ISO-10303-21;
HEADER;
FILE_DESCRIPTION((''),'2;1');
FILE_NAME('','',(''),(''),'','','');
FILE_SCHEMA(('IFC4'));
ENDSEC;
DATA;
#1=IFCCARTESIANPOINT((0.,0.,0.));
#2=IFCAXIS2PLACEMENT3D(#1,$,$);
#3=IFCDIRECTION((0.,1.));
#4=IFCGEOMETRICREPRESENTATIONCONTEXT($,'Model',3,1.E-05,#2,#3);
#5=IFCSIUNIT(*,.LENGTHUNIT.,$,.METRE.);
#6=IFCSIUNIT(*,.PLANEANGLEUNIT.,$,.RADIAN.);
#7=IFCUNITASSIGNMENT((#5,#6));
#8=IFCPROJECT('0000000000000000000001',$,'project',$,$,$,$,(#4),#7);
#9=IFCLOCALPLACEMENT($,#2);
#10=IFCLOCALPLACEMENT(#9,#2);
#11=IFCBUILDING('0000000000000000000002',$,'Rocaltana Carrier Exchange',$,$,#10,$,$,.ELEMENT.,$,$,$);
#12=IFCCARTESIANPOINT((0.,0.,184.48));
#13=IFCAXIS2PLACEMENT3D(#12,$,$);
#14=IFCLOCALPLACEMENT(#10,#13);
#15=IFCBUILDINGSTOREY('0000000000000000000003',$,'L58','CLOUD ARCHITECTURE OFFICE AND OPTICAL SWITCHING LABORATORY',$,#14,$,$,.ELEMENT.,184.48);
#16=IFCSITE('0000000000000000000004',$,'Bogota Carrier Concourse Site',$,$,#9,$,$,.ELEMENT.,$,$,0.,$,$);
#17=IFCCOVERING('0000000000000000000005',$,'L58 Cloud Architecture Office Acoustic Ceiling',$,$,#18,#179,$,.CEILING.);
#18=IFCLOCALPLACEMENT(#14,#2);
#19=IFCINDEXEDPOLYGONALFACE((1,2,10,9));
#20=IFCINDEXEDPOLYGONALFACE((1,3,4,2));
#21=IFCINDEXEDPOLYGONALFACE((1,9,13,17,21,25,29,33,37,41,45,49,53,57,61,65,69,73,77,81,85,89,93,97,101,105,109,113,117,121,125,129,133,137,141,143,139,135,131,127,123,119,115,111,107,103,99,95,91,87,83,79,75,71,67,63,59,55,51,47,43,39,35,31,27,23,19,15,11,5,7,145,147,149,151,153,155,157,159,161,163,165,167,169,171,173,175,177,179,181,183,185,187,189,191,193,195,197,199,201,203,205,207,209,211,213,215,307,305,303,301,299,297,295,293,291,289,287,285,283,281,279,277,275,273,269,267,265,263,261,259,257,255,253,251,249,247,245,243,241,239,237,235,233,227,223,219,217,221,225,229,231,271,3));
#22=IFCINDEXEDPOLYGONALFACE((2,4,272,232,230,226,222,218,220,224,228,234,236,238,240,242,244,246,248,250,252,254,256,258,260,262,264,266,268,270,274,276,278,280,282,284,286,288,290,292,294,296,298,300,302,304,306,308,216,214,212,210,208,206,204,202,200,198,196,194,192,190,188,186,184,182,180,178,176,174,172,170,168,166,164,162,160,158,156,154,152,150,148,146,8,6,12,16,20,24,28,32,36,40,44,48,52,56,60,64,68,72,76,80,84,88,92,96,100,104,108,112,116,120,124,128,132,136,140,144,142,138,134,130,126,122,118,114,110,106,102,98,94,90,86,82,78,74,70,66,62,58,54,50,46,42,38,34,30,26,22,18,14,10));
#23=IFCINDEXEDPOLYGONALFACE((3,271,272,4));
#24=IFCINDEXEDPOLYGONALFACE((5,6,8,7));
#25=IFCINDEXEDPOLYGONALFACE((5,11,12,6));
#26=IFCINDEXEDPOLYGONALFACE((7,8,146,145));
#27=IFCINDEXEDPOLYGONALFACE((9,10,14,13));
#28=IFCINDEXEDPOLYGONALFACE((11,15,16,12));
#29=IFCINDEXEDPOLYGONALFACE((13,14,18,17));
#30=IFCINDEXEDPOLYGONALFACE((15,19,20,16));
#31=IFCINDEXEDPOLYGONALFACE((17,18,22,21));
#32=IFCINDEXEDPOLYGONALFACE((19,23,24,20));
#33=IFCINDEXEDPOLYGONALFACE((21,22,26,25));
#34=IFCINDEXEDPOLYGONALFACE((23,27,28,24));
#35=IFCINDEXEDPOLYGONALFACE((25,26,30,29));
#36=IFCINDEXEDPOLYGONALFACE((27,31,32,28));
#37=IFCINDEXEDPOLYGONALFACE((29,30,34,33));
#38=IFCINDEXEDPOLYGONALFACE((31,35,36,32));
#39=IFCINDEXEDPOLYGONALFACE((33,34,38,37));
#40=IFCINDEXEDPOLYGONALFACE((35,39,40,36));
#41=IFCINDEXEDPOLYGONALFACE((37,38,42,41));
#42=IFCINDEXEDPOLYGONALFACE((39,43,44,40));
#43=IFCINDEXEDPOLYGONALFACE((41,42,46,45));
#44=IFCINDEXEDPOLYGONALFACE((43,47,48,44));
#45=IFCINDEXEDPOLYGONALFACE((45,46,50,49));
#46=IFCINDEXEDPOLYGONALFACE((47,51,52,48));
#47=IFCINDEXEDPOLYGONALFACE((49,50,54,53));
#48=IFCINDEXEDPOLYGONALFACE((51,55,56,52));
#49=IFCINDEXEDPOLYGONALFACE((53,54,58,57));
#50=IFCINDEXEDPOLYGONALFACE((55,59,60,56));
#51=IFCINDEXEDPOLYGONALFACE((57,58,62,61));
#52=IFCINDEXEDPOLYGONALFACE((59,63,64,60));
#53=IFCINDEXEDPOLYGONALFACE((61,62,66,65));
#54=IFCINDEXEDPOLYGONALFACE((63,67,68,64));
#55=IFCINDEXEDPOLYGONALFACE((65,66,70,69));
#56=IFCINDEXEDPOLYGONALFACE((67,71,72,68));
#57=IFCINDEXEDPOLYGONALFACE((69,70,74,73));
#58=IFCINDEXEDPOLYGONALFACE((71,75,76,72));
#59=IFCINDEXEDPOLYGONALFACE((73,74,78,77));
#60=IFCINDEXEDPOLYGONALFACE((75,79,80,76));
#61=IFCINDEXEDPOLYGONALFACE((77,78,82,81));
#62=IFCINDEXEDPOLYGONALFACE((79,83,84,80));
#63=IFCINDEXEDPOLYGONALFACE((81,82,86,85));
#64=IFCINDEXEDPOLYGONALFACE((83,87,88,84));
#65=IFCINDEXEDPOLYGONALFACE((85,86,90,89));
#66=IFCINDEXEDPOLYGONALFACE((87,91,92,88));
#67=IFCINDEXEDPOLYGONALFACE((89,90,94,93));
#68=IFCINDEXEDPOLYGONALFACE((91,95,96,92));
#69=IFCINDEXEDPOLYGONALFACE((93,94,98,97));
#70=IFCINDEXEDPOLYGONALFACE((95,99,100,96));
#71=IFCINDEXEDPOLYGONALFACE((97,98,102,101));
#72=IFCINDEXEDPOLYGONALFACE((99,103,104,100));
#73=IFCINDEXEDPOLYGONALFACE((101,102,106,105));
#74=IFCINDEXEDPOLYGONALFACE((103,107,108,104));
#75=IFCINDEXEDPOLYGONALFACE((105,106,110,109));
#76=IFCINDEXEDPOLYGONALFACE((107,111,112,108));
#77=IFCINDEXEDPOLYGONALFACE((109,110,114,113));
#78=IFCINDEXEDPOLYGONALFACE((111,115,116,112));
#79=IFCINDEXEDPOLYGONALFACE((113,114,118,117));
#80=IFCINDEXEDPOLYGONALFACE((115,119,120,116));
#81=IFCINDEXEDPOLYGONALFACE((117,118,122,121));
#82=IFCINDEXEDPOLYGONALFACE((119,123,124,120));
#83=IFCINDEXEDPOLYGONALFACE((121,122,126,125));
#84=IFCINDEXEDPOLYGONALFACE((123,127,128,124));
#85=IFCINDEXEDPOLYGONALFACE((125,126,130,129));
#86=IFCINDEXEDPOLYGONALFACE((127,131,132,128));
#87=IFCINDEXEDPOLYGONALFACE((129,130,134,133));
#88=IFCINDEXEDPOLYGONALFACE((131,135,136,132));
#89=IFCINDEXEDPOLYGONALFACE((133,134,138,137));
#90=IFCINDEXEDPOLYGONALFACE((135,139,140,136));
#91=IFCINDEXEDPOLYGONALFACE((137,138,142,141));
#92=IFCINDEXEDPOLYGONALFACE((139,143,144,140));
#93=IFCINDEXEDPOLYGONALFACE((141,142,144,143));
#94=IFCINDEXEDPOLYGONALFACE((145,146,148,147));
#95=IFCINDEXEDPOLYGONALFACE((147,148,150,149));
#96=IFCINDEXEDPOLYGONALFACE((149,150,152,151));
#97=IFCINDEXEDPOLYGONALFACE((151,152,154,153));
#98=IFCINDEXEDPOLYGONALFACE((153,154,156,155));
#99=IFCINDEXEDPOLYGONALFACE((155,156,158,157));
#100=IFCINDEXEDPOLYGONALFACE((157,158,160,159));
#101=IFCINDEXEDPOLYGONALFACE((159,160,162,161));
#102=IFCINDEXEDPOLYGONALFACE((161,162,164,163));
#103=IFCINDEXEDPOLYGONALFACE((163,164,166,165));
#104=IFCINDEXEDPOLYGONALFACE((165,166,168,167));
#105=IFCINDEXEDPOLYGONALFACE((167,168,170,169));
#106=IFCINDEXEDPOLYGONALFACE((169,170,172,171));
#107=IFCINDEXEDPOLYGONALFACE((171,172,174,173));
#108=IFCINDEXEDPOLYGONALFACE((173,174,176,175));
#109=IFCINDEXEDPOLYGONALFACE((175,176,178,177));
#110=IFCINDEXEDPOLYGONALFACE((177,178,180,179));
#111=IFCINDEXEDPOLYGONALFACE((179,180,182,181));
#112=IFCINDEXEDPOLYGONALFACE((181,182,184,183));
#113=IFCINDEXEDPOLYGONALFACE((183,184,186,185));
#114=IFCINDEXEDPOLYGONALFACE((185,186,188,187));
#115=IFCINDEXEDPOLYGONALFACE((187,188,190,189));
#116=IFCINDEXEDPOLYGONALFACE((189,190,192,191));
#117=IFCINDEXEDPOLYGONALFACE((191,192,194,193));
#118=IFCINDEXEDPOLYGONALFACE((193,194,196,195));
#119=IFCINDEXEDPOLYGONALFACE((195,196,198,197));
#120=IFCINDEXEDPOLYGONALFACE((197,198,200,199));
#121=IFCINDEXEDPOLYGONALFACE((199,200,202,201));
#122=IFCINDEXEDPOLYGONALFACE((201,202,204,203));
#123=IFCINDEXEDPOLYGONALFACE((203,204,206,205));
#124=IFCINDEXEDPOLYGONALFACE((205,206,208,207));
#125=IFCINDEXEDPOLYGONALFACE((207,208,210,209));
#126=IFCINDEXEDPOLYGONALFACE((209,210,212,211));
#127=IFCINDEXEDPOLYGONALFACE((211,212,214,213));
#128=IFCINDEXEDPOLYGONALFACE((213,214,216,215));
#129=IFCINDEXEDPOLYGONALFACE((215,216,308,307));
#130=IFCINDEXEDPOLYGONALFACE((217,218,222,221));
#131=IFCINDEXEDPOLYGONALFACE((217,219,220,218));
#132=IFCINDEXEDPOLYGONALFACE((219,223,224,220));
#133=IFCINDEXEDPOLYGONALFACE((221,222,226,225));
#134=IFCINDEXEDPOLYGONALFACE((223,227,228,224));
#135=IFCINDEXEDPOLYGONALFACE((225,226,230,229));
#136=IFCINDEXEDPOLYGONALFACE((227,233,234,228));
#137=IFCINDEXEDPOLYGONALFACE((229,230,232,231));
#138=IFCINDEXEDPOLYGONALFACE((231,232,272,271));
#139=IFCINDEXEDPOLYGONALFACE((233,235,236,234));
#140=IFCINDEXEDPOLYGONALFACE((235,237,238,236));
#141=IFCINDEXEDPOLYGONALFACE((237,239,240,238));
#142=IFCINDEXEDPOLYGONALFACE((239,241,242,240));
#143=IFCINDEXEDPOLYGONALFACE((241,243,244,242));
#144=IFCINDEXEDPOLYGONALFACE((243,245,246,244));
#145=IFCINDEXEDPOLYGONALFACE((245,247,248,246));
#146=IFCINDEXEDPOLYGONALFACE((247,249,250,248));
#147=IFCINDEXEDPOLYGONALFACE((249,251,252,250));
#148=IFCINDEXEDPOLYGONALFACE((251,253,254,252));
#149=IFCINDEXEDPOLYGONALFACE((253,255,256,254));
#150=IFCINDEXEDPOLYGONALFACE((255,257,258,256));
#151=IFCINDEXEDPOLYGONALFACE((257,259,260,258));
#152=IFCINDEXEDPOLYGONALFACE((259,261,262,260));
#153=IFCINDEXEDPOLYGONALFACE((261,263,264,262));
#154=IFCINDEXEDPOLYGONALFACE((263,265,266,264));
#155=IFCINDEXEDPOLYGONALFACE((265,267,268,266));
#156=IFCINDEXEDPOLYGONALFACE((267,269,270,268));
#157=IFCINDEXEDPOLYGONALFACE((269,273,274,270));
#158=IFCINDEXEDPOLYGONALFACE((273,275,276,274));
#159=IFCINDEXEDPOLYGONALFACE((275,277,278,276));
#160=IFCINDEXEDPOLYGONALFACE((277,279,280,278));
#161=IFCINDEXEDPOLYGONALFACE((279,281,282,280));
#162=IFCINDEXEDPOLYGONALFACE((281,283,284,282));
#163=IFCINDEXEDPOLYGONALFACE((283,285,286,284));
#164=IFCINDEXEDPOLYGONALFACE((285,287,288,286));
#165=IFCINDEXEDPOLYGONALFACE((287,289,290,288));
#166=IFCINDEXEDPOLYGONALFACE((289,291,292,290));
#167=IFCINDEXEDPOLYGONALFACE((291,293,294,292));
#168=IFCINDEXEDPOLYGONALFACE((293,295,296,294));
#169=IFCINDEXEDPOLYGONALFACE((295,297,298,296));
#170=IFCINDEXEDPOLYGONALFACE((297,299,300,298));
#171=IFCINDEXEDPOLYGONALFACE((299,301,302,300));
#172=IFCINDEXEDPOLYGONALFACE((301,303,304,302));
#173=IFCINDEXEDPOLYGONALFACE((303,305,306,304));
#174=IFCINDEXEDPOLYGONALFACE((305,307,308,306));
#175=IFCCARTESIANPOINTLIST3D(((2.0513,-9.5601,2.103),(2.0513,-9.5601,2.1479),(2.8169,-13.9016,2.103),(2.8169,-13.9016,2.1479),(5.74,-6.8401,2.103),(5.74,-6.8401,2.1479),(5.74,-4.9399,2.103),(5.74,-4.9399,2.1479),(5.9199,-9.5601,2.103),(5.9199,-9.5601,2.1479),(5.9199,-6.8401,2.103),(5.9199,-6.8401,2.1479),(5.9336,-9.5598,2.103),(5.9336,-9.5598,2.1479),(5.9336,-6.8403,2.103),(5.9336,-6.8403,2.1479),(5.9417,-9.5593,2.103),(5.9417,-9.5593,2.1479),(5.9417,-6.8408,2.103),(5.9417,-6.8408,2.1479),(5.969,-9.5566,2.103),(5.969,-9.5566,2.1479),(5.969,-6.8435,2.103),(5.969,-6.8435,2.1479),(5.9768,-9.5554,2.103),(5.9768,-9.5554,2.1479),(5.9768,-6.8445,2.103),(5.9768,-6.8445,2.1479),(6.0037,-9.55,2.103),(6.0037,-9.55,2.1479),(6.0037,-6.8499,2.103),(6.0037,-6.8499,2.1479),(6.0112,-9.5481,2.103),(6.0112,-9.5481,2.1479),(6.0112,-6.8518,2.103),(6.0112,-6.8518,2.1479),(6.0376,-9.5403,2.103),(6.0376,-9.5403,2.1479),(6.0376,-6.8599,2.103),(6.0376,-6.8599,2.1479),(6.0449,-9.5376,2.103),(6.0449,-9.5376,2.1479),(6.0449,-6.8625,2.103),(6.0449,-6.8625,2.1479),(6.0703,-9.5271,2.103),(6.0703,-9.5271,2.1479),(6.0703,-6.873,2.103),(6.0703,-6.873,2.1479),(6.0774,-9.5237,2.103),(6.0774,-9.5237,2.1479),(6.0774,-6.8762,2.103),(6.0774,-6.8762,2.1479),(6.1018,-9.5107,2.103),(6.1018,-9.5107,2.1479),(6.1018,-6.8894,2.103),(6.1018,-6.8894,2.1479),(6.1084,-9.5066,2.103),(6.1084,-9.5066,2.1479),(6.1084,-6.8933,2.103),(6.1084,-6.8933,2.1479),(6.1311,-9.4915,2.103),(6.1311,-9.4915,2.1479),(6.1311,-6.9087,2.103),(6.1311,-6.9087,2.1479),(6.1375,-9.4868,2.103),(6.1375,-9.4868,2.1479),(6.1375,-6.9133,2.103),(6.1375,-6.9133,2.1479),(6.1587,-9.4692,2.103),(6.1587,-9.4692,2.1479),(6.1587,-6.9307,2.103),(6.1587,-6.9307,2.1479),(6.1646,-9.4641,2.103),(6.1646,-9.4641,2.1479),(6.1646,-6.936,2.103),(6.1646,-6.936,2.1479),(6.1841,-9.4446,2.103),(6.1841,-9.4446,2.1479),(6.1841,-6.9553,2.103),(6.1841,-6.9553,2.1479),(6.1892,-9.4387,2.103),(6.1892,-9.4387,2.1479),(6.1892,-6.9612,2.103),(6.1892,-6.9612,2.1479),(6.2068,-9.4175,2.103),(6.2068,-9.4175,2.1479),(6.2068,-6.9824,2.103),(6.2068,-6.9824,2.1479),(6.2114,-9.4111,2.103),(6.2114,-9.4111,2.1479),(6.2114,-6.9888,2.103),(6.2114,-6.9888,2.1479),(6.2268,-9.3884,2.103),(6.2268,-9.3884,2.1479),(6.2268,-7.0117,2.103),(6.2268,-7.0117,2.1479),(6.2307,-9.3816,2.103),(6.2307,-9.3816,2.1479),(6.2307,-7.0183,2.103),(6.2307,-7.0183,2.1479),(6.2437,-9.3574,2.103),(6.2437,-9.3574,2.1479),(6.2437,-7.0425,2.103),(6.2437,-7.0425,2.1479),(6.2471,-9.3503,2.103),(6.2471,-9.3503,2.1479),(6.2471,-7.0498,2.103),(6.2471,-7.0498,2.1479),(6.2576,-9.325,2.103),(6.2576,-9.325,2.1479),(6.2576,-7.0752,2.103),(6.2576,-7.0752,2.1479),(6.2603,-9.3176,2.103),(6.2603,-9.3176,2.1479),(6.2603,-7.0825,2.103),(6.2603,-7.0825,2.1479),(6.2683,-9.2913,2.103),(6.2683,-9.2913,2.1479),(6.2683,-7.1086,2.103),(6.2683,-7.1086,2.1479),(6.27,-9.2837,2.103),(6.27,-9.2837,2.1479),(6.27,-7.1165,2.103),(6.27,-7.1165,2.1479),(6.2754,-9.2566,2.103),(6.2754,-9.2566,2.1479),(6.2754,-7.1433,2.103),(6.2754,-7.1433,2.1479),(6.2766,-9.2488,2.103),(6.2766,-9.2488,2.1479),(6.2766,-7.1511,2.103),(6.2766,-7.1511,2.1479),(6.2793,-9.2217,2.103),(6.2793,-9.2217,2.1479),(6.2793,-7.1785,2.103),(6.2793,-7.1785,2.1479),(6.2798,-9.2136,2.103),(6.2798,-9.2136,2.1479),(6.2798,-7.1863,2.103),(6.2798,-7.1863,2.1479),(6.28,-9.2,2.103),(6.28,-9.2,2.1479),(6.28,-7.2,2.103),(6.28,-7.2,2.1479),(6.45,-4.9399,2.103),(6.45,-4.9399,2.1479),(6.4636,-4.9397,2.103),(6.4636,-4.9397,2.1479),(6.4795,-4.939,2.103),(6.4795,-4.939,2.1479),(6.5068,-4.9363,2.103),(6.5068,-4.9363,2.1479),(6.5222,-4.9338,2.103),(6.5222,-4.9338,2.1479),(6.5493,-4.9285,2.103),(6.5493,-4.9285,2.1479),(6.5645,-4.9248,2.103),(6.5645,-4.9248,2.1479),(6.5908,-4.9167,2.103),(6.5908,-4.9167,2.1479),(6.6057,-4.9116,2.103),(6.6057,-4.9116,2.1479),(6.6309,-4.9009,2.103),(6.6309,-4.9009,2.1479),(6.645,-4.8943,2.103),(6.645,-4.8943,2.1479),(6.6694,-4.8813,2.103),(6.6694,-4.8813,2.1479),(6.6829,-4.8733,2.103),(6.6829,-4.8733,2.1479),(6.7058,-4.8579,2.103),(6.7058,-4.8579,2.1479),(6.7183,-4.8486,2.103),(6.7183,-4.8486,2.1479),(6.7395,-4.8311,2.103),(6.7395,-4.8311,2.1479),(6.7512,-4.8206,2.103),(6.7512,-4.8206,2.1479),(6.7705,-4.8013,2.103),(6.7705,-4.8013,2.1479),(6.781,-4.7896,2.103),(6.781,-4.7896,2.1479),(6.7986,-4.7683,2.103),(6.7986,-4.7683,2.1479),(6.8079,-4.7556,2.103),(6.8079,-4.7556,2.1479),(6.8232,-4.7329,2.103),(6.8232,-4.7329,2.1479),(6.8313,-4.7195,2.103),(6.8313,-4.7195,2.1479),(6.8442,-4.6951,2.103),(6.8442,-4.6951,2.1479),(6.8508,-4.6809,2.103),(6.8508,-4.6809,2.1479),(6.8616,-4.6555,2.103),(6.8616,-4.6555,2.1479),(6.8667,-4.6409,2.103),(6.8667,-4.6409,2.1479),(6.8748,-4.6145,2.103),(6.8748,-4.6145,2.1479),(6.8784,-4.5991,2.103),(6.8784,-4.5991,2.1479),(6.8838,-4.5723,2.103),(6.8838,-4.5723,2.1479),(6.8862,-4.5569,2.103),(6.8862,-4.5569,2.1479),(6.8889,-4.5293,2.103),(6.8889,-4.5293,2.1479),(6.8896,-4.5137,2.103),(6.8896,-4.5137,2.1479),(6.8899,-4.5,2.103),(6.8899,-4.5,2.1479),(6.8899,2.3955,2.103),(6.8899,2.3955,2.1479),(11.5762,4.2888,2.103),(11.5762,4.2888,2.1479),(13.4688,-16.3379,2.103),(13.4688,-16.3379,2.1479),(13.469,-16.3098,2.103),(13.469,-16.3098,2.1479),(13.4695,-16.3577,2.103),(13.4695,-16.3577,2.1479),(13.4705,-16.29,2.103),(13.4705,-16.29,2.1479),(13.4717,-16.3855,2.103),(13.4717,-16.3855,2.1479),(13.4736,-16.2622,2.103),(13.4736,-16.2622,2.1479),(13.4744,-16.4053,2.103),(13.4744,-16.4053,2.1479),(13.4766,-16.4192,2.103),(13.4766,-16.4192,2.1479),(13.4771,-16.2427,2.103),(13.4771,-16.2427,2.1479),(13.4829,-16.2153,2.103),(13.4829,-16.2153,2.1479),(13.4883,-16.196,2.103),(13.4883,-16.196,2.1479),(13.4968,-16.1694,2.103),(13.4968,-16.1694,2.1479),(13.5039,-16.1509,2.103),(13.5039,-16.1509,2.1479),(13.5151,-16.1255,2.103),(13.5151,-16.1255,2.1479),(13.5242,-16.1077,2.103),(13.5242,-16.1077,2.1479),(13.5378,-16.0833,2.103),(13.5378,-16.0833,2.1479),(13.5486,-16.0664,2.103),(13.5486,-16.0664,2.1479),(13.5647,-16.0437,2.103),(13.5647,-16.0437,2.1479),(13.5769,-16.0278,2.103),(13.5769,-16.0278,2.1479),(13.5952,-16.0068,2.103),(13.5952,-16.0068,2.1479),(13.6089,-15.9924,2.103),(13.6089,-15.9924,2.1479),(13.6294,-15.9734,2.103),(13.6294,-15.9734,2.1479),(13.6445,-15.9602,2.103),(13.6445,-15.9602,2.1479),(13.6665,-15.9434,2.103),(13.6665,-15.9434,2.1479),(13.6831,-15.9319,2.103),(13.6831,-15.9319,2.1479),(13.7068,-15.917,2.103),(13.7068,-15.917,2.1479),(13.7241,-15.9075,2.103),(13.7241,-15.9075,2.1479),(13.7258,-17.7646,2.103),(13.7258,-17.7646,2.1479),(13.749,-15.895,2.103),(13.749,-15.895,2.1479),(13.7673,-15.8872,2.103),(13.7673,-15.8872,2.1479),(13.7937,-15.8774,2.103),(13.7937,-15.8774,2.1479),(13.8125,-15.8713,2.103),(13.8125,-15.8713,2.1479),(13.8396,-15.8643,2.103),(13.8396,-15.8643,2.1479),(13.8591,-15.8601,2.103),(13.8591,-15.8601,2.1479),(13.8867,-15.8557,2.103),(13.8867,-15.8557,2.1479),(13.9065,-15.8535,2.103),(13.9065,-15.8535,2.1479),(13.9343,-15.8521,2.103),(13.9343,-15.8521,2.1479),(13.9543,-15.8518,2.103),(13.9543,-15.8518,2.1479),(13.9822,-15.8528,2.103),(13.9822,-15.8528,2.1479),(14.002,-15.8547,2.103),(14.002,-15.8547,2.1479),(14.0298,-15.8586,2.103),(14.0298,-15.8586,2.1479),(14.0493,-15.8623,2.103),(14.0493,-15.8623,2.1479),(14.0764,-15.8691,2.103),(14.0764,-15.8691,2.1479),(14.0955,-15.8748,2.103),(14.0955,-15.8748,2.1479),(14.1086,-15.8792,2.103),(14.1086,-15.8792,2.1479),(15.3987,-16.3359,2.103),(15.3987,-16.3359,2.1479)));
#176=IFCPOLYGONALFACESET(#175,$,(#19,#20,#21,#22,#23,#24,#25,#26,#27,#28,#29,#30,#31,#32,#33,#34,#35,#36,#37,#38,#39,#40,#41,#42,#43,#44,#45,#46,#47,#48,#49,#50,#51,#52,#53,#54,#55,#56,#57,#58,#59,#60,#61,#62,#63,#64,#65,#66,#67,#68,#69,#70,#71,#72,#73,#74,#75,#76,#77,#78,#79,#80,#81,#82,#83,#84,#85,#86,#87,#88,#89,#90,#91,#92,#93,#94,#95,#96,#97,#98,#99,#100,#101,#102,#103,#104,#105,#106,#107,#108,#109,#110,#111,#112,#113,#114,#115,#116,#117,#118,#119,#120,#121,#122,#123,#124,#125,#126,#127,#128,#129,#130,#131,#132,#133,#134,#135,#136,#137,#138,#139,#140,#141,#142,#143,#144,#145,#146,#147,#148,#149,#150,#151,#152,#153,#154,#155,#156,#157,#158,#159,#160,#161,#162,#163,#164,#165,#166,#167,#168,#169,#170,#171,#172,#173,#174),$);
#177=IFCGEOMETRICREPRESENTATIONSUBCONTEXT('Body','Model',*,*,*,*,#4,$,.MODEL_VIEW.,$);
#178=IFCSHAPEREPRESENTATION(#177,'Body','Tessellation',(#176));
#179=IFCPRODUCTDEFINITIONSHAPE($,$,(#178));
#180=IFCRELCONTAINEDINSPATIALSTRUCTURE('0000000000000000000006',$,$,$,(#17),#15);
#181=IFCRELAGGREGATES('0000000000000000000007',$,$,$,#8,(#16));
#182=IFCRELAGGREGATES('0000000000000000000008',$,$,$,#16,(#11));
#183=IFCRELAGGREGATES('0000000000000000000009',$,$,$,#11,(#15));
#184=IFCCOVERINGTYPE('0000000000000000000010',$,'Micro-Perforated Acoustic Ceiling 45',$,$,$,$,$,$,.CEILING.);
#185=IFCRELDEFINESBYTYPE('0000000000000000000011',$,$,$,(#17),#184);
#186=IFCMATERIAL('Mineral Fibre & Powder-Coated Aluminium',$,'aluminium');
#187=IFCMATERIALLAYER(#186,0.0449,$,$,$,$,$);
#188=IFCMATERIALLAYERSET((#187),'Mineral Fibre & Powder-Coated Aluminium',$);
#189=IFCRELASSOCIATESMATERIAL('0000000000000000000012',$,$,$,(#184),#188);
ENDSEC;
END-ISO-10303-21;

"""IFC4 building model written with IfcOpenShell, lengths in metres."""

from ifc_helpers import new_model, si_unit, direction, frame, origin, place, context, subcontext, project, spatial, polyline, outline, extrude, material, layer, layer_set, type_object, element, save


model = new_model("IFC4")

# Units and contexts
model_context = context("Model", 3, precision=1e-05, world=origin(), true_north=direction((0.0, 1.0)))
body_context = subcontext(model_context, "Body", "Model", "MODEL_VIEW")
ifc_project = project(units=[si_unit("LENGTHUNIT", "METRE"), si_unit("PLANEANGLEUNIT", "RADIAN")], contexts=[model_context])

# Site, building, storey
site_placement = place(None, origin())
site = spatial("IfcSite", under=ifc_project, at=site_placement, Name="Bogota Carrier Concourse Site", CompositionType="ELEMENT", RefElevation=0.0)
building_placement = place(site_placement, origin())
building = spatial("IfcBuilding", under=site, at=building_placement, Name="Rocaltana Carrier Exchange", CompositionType="ELEMENT")
storey_placement = place(building_placement, frame((0.0, 0.0, 184.48)))
storey = spatial("IfcBuildingStorey", under=building, at=storey_placement, Name="L58", Description="CLOUD ARCHITECTURE OFFICE AND OPTICAL SWITCHING LABORATORY", CompositionType="ELEMENT", Elevation=184.48)

# Covering
ifc_material_1 = material(Name="Mineral Fibre & Powder-Coated Aluminium", Category="aluminium")
ifc_layer_1 = layer(ifc_material_1, 0.0449)
ifc_layer_set_1 = layer_set([ifc_layer_1], Name="Mineral Fibre & Powder-Coated Aluminium")
covering_type_1 = type_object("IfcCoveringType", Name="Micro-Perforated Acoustic Ceiling 45", PredefinedType="CEILING", material=ifc_layer_set_1)
covering_1_placement = place(storey_placement, frame((0.0, 0.0, 2.103)))
element("IfcCovering", 1, at=covering_1_placement, inside=storey, type_object=covering_type_1, Name="L58 Cloud Architecture Office Acoustic Ceiling", PredefinedType="CEILING", context=body_context, shape_type="SweptSolid", body=[
    extrude(outline(polyline([(5.74, -6.8401), (5.74, -4.9399), (6.45, -4.9399), (6.4636, -4.9397), (6.4795, -4.939), (6.5068, -4.9363), (6.5222, -4.9338), (6.5493, -4.9285), (6.5645, -4.9248), (6.5908, -4.9167), (6.6057, -4.9116), (6.6309, -4.9009), (6.645, -4.8943), (6.6694, -4.8813), (6.6829, -4.8733), (6.7058, -4.8579), (6.7183, -4.8486), (6.7395, -4.8311), (6.7512, -4.8206), (6.7705, -4.8013), (6.781, -4.7896), (6.7986, -4.7683), (6.8079, -4.7556), (6.8232, -4.7329), (6.8313, -4.7195), (6.8442, -4.6951), (6.8508, -4.6809), (6.8616, -4.6555), (6.8667, -4.6409), (6.8748, -4.6145), (6.8784, -4.5991), (6.8838, -4.5723), (6.8862, -4.5569), (6.8889, -4.5293), (6.8896, -4.5137), (6.8899, -4.5), (6.8899, 2.3955), (11.5762, 4.2888), (15.3987, -16.3359), (14.1086, -15.8792), (14.0955, -15.8748), (14.0764, -15.8691), (14.0493, -15.8623), (14.0298, -15.8586), (14.002, -15.8547), (13.9822, -15.8528), (13.9543, -15.8518), (13.9343, -15.8521), (13.9065, -15.8535), (13.8867, -15.8557), (13.8591, -15.8601), (13.8396, -15.8643), (13.8125, -15.8713), (13.7937, -15.8774), (13.7673, -15.8872), (13.749, -15.895), (13.7241, -15.9075), (13.7068, -15.917), (13.6831, -15.9319), (13.6665, -15.9434), (13.6445, -15.9602), (13.6294, -15.9734), (13.6089, -15.9924), (13.5952, -16.0068), (13.5769, -16.0278), (13.5647, -16.0437), (13.5486, -16.0664), (13.5378, -16.0833), (13.5242, -16.1077), (13.5151, -16.1255), (13.5039, -16.1509), (13.4968, -16.1694), (13.4883, -16.196), (13.4829, -16.2153), (13.4771, -16.2427), (13.4736, -16.2622), (13.4705, -16.29), (13.469, -16.3098), (13.4688, -16.3379), (13.4695, -16.3577), (13.4717, -16.3855), (13.4744, -16.4053), (13.4766, -16.4192), (13.7258, -17.7646), (2.8169, -13.9016), (2.0513, -9.5601), (5.9199, -9.5601), (5.9336, -9.5598), (5.9417, -9.5593), (5.969, -9.5566), (5.9768, -9.5554), (6.0037, -9.55), (6.0112, -9.5481), (6.0376, -9.5403), (6.0449, -9.5376), (6.0703, -9.5271), (6.0774, -9.5237), (6.1018, -9.5107), (6.1084, -9.5066), (6.1311, -9.4915), (6.1375, -9.4868), (6.1587, -9.4692), (6.1646, -9.4641), (6.1841, -9.4446), (6.1892, -9.4387), (6.2068, -9.4175), (6.2114, -9.4111), (6.2268, -9.3884), (6.2307, -9.3816), (6.2437, -9.3574), (6.2471, -9.3503), (6.2576, -9.325), (6.2603, -9.3176), (6.2683, -9.2913), (6.27, -9.2837), (6.2754, -9.2566), (6.2766, -9.2488), (6.2793, -9.2217), (6.2798, -9.2136), (6.28, -9.2), (6.28, -7.2), (6.2798, -7.1863), (6.2793, -7.1785), (6.2766, -7.1511), (6.2754, -7.1433), (6.27, -7.1165), (6.2683, -7.1086), (6.2603, -7.0825), (6.2576, -7.0752), (6.2471, -7.0498), (6.2437, -7.0425), (6.2307, -7.0183), (6.2268, -7.0117), (6.2114, -6.9888), (6.2068, -6.9824), (6.1892, -6.9612), (6.1841, -6.9553), (6.1646, -6.936), (6.1587, -6.9307), (6.1375, -6.9133), (6.1311, -6.9087), (6.1084, -6.8933), (6.1018, -6.8894), (6.0774, -6.8762), (6.0703, -6.873), (6.0449, -6.8625), (6.0376, -6.8599), (6.0112, -6.8518), (6.0037, -6.8499), (5.9768, -6.8445), (5.969, -6.8435), (5.9417, -6.8408), (5.9336, -6.8403), (5.9199, -6.8401), (5.74, -6.8401)])), origin(), (0.0, 0.0, 1.0), 0.0449),
])

save(model, "model.ifc")
